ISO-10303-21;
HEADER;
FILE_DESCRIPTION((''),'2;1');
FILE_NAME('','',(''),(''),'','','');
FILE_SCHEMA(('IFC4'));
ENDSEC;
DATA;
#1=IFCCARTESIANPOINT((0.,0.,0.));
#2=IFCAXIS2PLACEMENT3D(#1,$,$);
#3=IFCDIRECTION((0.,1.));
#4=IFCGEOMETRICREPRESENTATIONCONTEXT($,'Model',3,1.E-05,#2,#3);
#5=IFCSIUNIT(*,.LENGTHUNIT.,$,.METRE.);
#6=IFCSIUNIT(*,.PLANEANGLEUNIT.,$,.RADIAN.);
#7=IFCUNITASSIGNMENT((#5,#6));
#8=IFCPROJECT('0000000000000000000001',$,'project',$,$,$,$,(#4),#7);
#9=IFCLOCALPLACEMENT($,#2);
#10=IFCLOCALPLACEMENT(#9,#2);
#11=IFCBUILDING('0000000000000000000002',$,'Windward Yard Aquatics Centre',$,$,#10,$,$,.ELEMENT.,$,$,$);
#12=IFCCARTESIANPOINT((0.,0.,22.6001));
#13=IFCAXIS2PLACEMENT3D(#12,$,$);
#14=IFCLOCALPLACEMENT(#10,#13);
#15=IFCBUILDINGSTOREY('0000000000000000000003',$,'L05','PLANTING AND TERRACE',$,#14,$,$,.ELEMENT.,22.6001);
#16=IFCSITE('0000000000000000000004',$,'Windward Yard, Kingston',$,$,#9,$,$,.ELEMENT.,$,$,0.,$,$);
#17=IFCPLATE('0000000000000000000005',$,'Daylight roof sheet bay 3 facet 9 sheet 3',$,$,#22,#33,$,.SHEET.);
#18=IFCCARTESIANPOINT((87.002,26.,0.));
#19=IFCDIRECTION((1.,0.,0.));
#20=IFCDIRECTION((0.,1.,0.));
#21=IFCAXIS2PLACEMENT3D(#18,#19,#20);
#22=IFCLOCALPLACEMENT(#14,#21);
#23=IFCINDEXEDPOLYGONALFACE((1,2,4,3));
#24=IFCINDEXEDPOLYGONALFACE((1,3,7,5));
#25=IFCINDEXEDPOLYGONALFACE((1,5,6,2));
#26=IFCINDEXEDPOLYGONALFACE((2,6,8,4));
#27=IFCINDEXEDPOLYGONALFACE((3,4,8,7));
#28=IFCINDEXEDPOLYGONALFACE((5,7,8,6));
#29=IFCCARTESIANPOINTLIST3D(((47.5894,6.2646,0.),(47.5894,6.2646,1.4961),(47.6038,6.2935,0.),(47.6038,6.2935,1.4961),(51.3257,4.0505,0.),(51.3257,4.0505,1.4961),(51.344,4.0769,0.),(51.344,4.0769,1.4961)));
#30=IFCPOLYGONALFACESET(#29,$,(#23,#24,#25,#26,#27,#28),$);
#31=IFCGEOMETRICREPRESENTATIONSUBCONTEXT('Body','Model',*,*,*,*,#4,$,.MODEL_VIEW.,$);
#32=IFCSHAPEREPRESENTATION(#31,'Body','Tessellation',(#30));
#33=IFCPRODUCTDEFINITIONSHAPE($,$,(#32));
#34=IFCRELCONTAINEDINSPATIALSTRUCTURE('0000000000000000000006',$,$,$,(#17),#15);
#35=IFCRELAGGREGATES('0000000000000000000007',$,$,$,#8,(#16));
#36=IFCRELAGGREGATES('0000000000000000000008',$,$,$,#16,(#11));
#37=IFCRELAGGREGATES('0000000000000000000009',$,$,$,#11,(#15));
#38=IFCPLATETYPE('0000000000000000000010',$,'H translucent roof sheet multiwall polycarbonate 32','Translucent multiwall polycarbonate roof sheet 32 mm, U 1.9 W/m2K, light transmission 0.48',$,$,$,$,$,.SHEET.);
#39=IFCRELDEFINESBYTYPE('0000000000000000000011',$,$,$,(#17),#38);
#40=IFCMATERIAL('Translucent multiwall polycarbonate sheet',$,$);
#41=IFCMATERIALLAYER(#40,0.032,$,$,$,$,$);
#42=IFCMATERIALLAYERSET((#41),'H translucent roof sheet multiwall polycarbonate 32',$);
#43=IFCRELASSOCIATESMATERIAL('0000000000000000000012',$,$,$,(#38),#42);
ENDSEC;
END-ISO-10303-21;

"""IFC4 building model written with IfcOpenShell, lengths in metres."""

from ifc_helpers import new_model, si_unit, direction, frame, origin, place, context, subcontext, project, spatial, polyline, outline, extrude, material, layer, layer_set, type_object, element, save


model = new_model("IFC4")

# Units and contexts
model_context = context("Model", 3, precision=1e-05, world=origin(), true_north=direction((0.0, 1.0)))
body_context = subcontext(model_context, "Body", "Model", "MODEL_VIEW")
ifc_project = project(units=[si_unit("LENGTHUNIT", "METRE"), si_unit("PLANEANGLEUNIT", "RADIAN")], contexts=[model_context])

# Site, building, storey
site_placement = place(None, origin())
site = spatial("IfcSite", under=ifc_project, at=site_placement, Name="Windward Yard, Kingston", CompositionType="ELEMENT", RefElevation=0.0)
building_placement = place(site_placement, origin())
building = spatial("IfcBuilding", under=site, at=building_placement, Name="Windward Yard Aquatics Centre", CompositionType="ELEMENT")
storey_placement = place(building_placement, frame((0.0, 0.0, 22.6001)))
storey = spatial("IfcBuildingStorey", under=building, at=storey_placement, Name="L05", Description="PLANTING AND TERRACE", CompositionType="ELEMENT", Elevation=22.6001)

# Plate
ifc_material_1 = material(Name="Translucent multiwall polycarbonate sheet")
ifc_layer_1 = layer(ifc_material_1, 0.032)
ifc_layer_set_1 = layer_set([ifc_layer_1], Name="H translucent roof sheet multiwall polycarbonate 32")
plate_type = type_object("IfcPlateType", Name="H translucent roof sheet multiwall polycarbonate 32", Description="Translucent multiwall polycarbonate roof sheet 32 mm, U 1.9 W/m2K, light transmission 0.48", PredefinedType="SHEET", material=ifc_layer_set_1)
for number, where, z_axis, x_axis, name in (
    (1, (87.002, 26.0, 0.0), (1.0, 0.0, 0.0), (0.0, 1.0, 0.0), "Daylight roof sheet bay 3 facet 9 sheet 3"),
):
    element("IfcPlate", number, at=place(storey_placement, frame(where, z_axis=z_axis, x_axis=x_axis)), inside=storey, type_object=plate_type, Name=name, PredefinedType="SHEET", context=body_context, shape_type="SweptSolid", body=[
        extrude(outline(polyline([(47.5894, 6.2646), (51.3257, 4.0505), (51.344, 4.0769), (47.6038, 6.2935), (47.5894, 6.2646)])), origin(), (0.0, 0.0, 1.0), 1.4961),
    ])

save(model, "model.ifc")
